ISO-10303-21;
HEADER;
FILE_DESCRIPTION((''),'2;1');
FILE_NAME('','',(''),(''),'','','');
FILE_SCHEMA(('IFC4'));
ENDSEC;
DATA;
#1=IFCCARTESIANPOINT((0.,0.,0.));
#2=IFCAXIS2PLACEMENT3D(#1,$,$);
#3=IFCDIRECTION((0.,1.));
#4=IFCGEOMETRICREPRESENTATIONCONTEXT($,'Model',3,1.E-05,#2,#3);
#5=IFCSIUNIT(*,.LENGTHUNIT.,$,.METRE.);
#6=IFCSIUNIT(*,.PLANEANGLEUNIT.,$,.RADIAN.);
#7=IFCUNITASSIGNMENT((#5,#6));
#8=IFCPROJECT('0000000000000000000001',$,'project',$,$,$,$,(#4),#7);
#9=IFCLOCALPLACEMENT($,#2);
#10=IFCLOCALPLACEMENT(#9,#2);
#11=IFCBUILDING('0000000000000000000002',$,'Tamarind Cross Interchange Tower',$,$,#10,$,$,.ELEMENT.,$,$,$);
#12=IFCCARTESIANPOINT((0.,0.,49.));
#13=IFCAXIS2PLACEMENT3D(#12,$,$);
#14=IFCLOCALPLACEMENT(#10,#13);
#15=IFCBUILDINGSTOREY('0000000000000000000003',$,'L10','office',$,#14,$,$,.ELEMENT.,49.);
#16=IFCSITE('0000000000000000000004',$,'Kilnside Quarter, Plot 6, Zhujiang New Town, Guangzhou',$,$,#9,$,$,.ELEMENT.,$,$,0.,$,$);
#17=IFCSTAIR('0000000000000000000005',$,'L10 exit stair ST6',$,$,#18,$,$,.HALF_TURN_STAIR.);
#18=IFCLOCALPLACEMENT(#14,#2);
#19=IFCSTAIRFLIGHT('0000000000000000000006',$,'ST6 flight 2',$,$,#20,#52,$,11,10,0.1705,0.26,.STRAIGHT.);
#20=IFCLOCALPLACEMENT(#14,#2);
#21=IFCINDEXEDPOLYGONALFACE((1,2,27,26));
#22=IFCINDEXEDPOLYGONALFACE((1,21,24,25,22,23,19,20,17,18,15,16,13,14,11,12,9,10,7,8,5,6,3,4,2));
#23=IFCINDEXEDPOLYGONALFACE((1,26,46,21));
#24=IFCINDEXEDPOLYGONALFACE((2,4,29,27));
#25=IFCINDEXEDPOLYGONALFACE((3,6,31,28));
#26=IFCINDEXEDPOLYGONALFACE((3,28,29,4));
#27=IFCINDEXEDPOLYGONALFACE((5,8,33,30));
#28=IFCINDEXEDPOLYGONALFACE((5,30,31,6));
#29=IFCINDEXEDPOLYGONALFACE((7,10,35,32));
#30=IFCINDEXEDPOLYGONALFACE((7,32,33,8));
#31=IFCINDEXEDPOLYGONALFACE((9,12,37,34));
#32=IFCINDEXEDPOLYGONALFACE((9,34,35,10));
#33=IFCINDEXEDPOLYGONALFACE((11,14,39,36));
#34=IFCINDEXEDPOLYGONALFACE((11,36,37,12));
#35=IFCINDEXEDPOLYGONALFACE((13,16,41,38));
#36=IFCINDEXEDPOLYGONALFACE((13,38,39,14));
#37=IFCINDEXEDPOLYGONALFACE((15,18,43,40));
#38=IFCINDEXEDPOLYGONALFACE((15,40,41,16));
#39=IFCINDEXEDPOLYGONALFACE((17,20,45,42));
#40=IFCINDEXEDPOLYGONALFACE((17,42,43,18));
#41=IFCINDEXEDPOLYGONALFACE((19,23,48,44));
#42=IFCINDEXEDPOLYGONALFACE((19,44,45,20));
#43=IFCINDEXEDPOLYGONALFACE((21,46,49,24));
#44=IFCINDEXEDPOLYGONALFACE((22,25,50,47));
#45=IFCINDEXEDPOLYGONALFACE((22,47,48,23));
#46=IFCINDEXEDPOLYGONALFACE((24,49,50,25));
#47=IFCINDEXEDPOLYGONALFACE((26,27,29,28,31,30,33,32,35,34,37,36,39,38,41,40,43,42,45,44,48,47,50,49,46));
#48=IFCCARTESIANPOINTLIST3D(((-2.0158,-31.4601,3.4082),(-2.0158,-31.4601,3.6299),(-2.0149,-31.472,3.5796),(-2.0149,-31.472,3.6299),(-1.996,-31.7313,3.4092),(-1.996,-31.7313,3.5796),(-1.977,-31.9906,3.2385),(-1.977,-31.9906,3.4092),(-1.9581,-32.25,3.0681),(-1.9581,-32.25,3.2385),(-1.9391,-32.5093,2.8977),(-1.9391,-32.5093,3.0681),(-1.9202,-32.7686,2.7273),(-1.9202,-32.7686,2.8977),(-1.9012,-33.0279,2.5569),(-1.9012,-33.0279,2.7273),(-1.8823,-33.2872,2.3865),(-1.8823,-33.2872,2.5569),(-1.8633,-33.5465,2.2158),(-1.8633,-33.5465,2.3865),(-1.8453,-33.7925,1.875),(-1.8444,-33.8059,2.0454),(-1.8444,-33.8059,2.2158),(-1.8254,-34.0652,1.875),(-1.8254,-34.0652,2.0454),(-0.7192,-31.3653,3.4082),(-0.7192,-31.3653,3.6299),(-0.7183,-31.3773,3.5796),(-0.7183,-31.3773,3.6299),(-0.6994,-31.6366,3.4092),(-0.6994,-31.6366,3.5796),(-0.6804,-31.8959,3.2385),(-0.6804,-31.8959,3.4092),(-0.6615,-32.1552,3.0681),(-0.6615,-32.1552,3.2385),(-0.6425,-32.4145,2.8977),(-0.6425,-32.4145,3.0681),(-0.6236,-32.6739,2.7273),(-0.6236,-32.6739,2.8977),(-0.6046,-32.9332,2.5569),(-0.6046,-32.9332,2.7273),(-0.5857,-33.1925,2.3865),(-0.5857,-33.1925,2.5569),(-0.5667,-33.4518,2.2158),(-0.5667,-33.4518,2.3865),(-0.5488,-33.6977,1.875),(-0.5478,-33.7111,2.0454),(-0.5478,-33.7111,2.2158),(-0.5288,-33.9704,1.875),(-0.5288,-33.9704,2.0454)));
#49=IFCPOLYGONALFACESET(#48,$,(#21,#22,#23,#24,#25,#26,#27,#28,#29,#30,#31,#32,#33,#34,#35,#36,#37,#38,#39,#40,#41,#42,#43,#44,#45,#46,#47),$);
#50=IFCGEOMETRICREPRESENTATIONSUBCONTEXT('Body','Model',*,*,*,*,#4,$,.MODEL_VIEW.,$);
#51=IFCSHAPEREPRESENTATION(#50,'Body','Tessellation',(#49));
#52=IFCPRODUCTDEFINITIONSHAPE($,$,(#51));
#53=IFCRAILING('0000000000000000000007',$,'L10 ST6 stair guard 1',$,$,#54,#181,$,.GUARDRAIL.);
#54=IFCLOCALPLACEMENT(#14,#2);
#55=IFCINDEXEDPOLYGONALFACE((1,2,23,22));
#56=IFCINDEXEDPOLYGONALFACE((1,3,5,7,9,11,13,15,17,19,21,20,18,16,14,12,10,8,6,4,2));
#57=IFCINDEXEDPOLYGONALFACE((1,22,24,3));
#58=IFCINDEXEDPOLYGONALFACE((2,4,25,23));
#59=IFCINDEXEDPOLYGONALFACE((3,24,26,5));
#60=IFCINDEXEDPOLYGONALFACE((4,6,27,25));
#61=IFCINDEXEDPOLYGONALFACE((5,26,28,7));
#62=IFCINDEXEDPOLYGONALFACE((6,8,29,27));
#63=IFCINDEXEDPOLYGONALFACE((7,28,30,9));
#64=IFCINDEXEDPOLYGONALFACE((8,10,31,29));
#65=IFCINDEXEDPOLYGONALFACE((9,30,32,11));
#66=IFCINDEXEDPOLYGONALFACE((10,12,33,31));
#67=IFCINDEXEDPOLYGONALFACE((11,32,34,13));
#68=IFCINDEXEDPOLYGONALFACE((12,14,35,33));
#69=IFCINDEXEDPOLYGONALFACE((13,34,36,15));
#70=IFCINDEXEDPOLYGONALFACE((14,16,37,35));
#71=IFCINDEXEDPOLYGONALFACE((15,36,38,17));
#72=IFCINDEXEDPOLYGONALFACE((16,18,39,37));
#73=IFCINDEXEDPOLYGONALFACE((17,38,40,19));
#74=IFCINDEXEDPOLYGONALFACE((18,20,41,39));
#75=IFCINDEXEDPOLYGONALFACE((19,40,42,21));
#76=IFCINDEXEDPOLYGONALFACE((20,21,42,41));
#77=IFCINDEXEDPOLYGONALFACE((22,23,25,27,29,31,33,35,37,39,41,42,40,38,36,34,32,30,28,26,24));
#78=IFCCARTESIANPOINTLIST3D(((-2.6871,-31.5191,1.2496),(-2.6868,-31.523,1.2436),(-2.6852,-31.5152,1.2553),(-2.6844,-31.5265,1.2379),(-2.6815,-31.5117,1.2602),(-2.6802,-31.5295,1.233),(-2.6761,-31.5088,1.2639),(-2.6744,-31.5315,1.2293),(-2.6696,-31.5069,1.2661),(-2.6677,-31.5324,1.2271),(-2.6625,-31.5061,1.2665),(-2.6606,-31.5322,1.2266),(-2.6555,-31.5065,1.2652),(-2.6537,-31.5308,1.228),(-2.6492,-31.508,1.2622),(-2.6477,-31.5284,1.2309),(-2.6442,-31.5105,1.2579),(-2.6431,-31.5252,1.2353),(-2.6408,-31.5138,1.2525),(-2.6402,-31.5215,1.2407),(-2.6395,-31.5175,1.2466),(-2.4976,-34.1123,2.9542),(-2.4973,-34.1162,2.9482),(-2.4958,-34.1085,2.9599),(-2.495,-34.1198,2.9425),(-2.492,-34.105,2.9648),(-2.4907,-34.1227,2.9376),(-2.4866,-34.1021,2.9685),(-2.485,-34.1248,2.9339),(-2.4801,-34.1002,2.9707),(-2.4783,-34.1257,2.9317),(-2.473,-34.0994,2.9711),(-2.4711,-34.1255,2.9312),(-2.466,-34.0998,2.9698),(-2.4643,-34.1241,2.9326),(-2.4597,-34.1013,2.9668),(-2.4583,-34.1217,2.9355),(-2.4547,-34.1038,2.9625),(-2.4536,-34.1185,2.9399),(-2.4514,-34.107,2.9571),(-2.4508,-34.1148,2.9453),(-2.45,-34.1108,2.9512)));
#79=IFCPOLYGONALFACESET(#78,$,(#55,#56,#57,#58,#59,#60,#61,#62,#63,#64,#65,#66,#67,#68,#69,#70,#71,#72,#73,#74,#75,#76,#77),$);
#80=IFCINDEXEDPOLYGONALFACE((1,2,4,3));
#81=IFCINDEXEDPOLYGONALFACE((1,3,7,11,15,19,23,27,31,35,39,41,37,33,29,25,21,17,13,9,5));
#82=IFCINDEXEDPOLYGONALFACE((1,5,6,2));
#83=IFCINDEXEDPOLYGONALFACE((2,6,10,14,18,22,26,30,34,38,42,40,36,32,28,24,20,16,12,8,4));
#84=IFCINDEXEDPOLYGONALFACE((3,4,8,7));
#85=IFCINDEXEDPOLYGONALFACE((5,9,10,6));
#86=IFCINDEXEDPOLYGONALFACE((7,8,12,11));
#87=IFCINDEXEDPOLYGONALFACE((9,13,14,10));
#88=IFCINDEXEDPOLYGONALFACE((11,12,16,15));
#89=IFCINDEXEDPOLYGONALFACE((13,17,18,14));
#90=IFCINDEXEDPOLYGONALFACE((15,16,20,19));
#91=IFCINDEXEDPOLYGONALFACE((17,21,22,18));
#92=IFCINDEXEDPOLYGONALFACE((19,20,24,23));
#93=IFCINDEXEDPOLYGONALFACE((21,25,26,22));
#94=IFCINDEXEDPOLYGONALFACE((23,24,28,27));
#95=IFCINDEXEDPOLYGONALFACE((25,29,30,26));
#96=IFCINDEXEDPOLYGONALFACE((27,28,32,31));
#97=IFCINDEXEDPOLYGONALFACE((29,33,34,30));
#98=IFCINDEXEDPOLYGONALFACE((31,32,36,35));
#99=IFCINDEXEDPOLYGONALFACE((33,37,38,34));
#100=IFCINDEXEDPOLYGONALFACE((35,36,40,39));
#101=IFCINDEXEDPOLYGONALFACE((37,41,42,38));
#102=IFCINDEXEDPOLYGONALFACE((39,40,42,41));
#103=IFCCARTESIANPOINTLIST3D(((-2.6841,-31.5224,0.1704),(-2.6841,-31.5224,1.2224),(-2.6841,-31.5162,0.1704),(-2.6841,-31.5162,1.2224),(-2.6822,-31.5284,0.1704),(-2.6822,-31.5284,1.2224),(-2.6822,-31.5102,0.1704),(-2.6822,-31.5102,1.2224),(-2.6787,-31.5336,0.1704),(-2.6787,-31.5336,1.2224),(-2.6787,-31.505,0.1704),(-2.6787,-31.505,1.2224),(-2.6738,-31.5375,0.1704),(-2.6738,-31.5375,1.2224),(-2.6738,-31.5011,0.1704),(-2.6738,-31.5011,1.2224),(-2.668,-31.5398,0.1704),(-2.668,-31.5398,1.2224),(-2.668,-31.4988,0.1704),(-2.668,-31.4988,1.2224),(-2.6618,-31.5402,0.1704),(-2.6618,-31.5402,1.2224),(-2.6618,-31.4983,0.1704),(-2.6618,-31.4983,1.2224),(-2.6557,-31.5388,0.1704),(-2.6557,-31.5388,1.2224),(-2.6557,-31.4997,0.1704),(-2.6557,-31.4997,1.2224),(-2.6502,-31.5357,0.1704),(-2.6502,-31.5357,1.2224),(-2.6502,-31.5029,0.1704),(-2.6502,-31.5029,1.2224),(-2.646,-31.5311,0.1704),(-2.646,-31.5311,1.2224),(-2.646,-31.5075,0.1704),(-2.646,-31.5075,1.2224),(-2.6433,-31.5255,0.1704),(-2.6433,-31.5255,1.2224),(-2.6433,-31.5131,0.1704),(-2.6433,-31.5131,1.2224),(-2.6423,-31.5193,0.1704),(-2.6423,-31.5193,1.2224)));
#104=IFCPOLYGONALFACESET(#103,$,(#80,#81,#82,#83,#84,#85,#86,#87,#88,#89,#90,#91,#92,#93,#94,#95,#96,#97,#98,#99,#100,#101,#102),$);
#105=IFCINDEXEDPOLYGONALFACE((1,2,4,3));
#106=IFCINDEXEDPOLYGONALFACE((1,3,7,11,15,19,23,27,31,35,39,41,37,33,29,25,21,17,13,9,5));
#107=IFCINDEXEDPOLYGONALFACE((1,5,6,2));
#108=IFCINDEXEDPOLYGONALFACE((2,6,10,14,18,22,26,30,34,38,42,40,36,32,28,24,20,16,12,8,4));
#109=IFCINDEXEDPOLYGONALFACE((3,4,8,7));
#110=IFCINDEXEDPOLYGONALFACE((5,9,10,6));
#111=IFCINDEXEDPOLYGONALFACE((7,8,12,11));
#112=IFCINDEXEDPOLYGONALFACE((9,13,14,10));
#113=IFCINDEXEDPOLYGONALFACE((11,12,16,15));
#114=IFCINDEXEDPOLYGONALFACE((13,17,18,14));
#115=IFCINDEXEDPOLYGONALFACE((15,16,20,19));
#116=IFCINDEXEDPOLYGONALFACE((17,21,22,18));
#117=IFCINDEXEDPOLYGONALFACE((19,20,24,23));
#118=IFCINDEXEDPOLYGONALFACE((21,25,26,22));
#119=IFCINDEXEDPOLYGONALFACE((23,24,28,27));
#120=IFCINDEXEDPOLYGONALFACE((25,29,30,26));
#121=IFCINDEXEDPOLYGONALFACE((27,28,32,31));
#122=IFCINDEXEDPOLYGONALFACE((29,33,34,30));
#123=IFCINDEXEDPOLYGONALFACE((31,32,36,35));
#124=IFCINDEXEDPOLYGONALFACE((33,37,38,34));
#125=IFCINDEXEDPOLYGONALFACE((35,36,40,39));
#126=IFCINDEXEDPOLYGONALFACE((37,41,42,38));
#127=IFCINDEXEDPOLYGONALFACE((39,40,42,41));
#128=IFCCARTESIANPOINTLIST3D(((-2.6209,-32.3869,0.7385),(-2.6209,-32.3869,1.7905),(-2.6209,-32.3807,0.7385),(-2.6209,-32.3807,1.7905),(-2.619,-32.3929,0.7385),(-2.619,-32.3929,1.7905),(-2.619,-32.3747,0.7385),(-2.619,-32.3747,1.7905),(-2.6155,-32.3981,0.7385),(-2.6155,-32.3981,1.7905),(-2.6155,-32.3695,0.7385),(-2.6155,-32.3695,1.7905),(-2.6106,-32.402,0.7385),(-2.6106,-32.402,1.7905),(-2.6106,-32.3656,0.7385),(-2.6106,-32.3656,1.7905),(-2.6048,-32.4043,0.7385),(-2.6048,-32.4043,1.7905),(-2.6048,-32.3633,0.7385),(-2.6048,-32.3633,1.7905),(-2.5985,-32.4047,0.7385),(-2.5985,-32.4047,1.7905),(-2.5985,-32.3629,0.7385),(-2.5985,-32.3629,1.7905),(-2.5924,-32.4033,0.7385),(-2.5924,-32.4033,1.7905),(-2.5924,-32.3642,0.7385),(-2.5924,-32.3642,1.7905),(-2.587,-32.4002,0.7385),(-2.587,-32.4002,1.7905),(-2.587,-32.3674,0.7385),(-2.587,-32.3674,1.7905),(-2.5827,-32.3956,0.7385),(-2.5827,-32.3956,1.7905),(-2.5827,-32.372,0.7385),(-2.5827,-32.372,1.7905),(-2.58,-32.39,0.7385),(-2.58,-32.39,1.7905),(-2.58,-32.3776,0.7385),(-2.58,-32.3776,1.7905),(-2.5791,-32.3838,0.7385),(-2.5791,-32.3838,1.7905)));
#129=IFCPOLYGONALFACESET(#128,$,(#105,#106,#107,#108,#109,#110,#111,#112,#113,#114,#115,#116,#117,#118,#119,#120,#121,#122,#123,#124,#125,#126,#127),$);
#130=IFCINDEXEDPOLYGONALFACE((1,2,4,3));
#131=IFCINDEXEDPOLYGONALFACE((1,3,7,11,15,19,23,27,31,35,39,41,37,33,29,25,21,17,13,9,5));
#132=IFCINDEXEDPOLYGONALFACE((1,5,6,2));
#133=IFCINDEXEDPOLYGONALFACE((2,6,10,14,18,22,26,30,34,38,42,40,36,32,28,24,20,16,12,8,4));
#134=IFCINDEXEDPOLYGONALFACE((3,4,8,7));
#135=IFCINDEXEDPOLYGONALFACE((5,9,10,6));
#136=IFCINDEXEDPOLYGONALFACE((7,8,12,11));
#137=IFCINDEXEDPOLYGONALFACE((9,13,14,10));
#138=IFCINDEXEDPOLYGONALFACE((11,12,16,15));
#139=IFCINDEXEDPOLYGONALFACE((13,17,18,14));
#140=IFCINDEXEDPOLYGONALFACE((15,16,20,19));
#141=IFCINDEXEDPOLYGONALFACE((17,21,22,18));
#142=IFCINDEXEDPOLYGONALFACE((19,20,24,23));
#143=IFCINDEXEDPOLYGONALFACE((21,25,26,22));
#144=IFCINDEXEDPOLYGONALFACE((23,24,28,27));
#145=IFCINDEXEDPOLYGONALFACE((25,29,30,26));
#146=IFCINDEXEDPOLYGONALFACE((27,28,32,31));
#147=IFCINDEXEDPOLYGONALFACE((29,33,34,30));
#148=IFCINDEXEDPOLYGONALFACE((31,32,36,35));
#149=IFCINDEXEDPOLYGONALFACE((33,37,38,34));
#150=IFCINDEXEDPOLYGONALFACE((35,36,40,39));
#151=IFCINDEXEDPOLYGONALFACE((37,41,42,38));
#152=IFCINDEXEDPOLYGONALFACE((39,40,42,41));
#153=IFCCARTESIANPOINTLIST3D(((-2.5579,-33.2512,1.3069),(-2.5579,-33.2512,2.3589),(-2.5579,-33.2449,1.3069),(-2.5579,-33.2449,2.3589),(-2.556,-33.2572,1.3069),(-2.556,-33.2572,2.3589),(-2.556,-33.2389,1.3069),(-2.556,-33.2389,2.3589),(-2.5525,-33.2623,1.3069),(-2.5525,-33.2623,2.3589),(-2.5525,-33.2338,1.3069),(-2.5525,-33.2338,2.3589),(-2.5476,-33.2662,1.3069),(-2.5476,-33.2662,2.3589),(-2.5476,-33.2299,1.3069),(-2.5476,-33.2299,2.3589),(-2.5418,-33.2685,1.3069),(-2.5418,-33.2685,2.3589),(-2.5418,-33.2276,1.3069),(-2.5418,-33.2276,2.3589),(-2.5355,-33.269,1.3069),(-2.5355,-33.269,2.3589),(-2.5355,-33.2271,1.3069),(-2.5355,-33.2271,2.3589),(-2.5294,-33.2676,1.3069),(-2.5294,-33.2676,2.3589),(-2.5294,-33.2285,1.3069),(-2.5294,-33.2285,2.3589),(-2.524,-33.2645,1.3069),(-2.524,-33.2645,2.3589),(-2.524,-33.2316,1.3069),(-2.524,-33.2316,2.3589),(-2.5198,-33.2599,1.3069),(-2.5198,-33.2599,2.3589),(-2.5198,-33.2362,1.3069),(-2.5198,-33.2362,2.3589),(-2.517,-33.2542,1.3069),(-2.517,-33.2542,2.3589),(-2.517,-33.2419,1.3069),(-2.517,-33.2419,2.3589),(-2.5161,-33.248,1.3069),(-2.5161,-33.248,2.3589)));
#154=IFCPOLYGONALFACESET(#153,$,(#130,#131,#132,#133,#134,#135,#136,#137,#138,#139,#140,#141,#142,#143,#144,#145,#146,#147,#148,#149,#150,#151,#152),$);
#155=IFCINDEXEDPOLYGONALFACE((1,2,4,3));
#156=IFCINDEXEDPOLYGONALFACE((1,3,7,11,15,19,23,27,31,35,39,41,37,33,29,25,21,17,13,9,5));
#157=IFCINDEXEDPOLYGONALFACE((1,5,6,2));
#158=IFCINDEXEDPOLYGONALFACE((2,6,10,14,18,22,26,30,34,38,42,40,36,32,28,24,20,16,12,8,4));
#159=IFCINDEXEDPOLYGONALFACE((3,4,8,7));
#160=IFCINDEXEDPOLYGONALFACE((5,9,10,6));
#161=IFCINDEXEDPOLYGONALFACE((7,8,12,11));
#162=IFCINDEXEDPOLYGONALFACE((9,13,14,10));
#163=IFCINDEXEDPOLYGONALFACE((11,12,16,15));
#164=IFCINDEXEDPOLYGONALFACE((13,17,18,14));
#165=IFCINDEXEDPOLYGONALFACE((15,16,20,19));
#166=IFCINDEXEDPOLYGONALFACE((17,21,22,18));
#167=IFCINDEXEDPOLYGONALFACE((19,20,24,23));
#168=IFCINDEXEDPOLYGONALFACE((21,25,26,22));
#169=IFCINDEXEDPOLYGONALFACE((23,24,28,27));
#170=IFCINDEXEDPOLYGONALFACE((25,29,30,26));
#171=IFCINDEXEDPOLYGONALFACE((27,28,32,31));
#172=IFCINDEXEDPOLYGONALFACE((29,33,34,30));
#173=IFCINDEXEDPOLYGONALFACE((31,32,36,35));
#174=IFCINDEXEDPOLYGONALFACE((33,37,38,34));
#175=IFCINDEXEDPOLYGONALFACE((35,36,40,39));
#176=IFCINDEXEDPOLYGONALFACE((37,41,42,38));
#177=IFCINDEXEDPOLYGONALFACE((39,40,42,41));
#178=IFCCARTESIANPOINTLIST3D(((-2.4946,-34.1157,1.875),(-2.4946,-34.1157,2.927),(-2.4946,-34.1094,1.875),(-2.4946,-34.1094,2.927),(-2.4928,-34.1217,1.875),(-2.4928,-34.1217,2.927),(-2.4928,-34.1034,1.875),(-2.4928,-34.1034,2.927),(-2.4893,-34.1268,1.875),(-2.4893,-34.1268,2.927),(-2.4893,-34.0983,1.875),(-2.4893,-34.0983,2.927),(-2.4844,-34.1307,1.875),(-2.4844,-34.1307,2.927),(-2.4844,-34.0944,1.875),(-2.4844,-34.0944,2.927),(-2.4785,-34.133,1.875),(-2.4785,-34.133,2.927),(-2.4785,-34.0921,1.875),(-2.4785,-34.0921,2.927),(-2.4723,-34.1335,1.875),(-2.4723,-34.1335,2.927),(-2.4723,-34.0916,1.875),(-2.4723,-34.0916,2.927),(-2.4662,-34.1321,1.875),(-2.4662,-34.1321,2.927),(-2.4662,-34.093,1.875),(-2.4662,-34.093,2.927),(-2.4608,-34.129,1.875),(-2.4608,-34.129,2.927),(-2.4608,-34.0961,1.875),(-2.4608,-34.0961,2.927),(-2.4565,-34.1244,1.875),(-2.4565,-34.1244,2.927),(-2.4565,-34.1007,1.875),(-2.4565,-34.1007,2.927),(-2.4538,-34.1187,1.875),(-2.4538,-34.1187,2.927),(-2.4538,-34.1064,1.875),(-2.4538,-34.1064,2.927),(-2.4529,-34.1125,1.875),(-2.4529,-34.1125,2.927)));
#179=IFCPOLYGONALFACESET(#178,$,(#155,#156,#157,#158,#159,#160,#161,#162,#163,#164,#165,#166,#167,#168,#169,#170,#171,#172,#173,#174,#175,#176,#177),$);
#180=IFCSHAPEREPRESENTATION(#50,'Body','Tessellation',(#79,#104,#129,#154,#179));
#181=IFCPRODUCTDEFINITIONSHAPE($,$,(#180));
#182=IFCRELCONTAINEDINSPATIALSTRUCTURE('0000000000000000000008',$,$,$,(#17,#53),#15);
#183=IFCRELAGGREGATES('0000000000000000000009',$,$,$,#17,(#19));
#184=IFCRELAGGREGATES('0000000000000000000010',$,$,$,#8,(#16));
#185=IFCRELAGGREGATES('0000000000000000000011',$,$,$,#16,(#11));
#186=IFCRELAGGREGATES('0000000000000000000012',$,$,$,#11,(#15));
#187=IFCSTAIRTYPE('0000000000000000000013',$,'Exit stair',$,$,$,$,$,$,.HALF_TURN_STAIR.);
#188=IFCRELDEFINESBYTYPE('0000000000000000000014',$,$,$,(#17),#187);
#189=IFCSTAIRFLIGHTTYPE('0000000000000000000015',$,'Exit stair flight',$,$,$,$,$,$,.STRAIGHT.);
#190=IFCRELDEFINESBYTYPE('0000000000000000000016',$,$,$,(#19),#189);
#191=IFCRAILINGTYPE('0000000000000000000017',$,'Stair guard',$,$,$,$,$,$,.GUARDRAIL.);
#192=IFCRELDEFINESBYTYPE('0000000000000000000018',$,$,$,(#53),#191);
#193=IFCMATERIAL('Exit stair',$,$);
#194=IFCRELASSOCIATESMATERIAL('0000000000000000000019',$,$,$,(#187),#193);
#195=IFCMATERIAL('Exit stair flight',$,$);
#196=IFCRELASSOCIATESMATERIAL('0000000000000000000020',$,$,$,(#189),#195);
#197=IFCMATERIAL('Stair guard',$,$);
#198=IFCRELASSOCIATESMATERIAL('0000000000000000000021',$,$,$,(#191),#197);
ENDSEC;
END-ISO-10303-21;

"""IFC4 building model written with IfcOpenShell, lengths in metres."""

from ifc_helpers import new_model, si_unit, direction, frame, origin, origin_2d, place, context, subcontext, project, spatial, polyline, circle, outline, extrude, material, type_object, element, aggregate, save


model = new_model("IFC4")

# Units and contexts
model_context = context("Model", 3, precision=1e-05, world=origin(), true_north=direction((0.0, 1.0)))
body_context = subcontext(model_context, "Body", "Model", "MODEL_VIEW")
ifc_project = project(units=[si_unit("LENGTHUNIT", "METRE"), si_unit("PLANEANGLEUNIT", "RADIAN")], contexts=[model_context])

# Site, building, storey
site_placement = place(None, origin())
site = spatial("IfcSite", under=ifc_project, at=site_placement, Name="Kilnside Quarter, Plot 6, Zhujiang New Town, Guangzhou", CompositionType="ELEMENT", RefElevation=0.0)
building_placement = place(site_placement, origin())
building = spatial("IfcBuilding", under=site, at=building_placement, Name="Tamarind Cross Interchange Tower", CompositionType="ELEMENT")
storey_placement = place(building_placement, frame((0.0, 0.0, 49.0)))
storey = spatial("IfcBuildingStorey", under=building, at=storey_placement, Name="L10", Description="office", CompositionType="ELEMENT", Elevation=49.0)

# Stair, stair flight
ifc_material_1 = material(Name="Exit stair")
stair_type = type_object("IfcStairType", Name="Exit stair", PredefinedType="HALF_TURN_STAIR", material=ifc_material_1)
stair_placement = place(storey_placement, origin())
stair = element("IfcStair", 1, at=stair_placement, inside=storey, type_object=stair_type, Name="L10 exit stair ST6", PredefinedType="HALF_TURN_STAIR")
ifc_material_2 = material(Name="Exit stair flight")
stair_flight_type = type_object("IfcStairFlightType", Name="Exit stair flight", PredefinedType="STRAIGHT", material=ifc_material_2)
stair_flight_1_placement = place(storey_placement, frame((-1.1772, -34.0178, 1.875), z_axis=(0.0, 0.0, 1.0), x_axis=(-0.072876, 0.997341, 0.0)))
stair_flight_1 = element("IfcStairFlight", 2, at=stair_flight_1_placement, type_object=stair_flight_type, Name="ST6 flight 2", NumberOfRisers=11, NumberOfTreads=10, PredefinedType="STRAIGHT", RiserHeight=0.1705, TreadLength=0.26, context=body_context, shape_type="SweptSolid", body=[
    extrude(outline(polyline([(0.0, 0.0), (0.0, 0.1704), (0.26, 0.1704), (0.26, 0.3408), (0.52, 0.3408), (0.52, 0.5115), (0.78, 0.5115), (0.78, 0.6819), (1.04, 0.6819), (1.04, 0.8523), (1.3, 0.8523), (1.3, 1.0227), (1.5601, 1.0227), (1.5601, 1.1931), (1.8201, 1.1931), (1.8201, 1.3635), (2.0801, 1.3635), (2.0801, 1.5342), (2.3401, 1.5342), (2.3401, 1.7046), (2.6001, 1.7046), (2.6001, 1.7549), (2.6121, 1.7549), (2.6121, 1.5332), (0.2734, 0.0), (0.0, 0.0)])), frame((0.0, 0.6499, 0.0), z_axis=(0.0, -1.0, 0.0), x_axis=(1.0, 0.0, 0.0)), (0.0, 0.0, 1.0), 1.3),
])
aggregate(stair, [stair_flight_1])

# Railing
ifc_material_3 = material(Name="Stair guard")
railing_type_1 = type_object("IfcRailingType", Name="Stair guard", PredefinedType="GUARDRAIL", material=ifc_material_3)
railing_1_placement = place(storey_placement, frame((-2.6633, -31.5193, 0.1704)))
element("IfcRailing", 3, at=railing_1_placement, inside=storey, type_object=railing_type_1, Name="L10 ST6 stair guard 1", PredefinedType="GUARDRAIL", context=body_context, shape_type="SweptSolid", body=[
    extrude(circle(Radius=0.0239, at=origin_2d()), frame((0.0, 0.0, 1.0762), z_axis=(0.060935, -0.834087, 0.548258), x_axis=(0.997342, 0.072862, 0.0)), (0.0, 0.0, 1.0), 3.1091),
    extrude(circle(Radius=0.021, at=origin_2d()), origin(), (0.0, 0.0, 1.0), 1.052),
    extrude(circle(Radius=0.021, at=origin_2d()), frame((0.0632, -0.8645, 0.5681)), (0.0, 0.0, 1.0), 1.052),
    extrude(circle(Radius=0.021, at=origin_2d()), frame((0.1262, -1.7288, 1.1365)), (0.0, 0.0, 1.0), 1.052),
    extrude(circle(Radius=0.021, at=origin_2d()), frame((0.1895, -2.5933, 1.7046)), (0.0, 0.0, 1.0), 1.052),
])

save(model, "model.ifc")
